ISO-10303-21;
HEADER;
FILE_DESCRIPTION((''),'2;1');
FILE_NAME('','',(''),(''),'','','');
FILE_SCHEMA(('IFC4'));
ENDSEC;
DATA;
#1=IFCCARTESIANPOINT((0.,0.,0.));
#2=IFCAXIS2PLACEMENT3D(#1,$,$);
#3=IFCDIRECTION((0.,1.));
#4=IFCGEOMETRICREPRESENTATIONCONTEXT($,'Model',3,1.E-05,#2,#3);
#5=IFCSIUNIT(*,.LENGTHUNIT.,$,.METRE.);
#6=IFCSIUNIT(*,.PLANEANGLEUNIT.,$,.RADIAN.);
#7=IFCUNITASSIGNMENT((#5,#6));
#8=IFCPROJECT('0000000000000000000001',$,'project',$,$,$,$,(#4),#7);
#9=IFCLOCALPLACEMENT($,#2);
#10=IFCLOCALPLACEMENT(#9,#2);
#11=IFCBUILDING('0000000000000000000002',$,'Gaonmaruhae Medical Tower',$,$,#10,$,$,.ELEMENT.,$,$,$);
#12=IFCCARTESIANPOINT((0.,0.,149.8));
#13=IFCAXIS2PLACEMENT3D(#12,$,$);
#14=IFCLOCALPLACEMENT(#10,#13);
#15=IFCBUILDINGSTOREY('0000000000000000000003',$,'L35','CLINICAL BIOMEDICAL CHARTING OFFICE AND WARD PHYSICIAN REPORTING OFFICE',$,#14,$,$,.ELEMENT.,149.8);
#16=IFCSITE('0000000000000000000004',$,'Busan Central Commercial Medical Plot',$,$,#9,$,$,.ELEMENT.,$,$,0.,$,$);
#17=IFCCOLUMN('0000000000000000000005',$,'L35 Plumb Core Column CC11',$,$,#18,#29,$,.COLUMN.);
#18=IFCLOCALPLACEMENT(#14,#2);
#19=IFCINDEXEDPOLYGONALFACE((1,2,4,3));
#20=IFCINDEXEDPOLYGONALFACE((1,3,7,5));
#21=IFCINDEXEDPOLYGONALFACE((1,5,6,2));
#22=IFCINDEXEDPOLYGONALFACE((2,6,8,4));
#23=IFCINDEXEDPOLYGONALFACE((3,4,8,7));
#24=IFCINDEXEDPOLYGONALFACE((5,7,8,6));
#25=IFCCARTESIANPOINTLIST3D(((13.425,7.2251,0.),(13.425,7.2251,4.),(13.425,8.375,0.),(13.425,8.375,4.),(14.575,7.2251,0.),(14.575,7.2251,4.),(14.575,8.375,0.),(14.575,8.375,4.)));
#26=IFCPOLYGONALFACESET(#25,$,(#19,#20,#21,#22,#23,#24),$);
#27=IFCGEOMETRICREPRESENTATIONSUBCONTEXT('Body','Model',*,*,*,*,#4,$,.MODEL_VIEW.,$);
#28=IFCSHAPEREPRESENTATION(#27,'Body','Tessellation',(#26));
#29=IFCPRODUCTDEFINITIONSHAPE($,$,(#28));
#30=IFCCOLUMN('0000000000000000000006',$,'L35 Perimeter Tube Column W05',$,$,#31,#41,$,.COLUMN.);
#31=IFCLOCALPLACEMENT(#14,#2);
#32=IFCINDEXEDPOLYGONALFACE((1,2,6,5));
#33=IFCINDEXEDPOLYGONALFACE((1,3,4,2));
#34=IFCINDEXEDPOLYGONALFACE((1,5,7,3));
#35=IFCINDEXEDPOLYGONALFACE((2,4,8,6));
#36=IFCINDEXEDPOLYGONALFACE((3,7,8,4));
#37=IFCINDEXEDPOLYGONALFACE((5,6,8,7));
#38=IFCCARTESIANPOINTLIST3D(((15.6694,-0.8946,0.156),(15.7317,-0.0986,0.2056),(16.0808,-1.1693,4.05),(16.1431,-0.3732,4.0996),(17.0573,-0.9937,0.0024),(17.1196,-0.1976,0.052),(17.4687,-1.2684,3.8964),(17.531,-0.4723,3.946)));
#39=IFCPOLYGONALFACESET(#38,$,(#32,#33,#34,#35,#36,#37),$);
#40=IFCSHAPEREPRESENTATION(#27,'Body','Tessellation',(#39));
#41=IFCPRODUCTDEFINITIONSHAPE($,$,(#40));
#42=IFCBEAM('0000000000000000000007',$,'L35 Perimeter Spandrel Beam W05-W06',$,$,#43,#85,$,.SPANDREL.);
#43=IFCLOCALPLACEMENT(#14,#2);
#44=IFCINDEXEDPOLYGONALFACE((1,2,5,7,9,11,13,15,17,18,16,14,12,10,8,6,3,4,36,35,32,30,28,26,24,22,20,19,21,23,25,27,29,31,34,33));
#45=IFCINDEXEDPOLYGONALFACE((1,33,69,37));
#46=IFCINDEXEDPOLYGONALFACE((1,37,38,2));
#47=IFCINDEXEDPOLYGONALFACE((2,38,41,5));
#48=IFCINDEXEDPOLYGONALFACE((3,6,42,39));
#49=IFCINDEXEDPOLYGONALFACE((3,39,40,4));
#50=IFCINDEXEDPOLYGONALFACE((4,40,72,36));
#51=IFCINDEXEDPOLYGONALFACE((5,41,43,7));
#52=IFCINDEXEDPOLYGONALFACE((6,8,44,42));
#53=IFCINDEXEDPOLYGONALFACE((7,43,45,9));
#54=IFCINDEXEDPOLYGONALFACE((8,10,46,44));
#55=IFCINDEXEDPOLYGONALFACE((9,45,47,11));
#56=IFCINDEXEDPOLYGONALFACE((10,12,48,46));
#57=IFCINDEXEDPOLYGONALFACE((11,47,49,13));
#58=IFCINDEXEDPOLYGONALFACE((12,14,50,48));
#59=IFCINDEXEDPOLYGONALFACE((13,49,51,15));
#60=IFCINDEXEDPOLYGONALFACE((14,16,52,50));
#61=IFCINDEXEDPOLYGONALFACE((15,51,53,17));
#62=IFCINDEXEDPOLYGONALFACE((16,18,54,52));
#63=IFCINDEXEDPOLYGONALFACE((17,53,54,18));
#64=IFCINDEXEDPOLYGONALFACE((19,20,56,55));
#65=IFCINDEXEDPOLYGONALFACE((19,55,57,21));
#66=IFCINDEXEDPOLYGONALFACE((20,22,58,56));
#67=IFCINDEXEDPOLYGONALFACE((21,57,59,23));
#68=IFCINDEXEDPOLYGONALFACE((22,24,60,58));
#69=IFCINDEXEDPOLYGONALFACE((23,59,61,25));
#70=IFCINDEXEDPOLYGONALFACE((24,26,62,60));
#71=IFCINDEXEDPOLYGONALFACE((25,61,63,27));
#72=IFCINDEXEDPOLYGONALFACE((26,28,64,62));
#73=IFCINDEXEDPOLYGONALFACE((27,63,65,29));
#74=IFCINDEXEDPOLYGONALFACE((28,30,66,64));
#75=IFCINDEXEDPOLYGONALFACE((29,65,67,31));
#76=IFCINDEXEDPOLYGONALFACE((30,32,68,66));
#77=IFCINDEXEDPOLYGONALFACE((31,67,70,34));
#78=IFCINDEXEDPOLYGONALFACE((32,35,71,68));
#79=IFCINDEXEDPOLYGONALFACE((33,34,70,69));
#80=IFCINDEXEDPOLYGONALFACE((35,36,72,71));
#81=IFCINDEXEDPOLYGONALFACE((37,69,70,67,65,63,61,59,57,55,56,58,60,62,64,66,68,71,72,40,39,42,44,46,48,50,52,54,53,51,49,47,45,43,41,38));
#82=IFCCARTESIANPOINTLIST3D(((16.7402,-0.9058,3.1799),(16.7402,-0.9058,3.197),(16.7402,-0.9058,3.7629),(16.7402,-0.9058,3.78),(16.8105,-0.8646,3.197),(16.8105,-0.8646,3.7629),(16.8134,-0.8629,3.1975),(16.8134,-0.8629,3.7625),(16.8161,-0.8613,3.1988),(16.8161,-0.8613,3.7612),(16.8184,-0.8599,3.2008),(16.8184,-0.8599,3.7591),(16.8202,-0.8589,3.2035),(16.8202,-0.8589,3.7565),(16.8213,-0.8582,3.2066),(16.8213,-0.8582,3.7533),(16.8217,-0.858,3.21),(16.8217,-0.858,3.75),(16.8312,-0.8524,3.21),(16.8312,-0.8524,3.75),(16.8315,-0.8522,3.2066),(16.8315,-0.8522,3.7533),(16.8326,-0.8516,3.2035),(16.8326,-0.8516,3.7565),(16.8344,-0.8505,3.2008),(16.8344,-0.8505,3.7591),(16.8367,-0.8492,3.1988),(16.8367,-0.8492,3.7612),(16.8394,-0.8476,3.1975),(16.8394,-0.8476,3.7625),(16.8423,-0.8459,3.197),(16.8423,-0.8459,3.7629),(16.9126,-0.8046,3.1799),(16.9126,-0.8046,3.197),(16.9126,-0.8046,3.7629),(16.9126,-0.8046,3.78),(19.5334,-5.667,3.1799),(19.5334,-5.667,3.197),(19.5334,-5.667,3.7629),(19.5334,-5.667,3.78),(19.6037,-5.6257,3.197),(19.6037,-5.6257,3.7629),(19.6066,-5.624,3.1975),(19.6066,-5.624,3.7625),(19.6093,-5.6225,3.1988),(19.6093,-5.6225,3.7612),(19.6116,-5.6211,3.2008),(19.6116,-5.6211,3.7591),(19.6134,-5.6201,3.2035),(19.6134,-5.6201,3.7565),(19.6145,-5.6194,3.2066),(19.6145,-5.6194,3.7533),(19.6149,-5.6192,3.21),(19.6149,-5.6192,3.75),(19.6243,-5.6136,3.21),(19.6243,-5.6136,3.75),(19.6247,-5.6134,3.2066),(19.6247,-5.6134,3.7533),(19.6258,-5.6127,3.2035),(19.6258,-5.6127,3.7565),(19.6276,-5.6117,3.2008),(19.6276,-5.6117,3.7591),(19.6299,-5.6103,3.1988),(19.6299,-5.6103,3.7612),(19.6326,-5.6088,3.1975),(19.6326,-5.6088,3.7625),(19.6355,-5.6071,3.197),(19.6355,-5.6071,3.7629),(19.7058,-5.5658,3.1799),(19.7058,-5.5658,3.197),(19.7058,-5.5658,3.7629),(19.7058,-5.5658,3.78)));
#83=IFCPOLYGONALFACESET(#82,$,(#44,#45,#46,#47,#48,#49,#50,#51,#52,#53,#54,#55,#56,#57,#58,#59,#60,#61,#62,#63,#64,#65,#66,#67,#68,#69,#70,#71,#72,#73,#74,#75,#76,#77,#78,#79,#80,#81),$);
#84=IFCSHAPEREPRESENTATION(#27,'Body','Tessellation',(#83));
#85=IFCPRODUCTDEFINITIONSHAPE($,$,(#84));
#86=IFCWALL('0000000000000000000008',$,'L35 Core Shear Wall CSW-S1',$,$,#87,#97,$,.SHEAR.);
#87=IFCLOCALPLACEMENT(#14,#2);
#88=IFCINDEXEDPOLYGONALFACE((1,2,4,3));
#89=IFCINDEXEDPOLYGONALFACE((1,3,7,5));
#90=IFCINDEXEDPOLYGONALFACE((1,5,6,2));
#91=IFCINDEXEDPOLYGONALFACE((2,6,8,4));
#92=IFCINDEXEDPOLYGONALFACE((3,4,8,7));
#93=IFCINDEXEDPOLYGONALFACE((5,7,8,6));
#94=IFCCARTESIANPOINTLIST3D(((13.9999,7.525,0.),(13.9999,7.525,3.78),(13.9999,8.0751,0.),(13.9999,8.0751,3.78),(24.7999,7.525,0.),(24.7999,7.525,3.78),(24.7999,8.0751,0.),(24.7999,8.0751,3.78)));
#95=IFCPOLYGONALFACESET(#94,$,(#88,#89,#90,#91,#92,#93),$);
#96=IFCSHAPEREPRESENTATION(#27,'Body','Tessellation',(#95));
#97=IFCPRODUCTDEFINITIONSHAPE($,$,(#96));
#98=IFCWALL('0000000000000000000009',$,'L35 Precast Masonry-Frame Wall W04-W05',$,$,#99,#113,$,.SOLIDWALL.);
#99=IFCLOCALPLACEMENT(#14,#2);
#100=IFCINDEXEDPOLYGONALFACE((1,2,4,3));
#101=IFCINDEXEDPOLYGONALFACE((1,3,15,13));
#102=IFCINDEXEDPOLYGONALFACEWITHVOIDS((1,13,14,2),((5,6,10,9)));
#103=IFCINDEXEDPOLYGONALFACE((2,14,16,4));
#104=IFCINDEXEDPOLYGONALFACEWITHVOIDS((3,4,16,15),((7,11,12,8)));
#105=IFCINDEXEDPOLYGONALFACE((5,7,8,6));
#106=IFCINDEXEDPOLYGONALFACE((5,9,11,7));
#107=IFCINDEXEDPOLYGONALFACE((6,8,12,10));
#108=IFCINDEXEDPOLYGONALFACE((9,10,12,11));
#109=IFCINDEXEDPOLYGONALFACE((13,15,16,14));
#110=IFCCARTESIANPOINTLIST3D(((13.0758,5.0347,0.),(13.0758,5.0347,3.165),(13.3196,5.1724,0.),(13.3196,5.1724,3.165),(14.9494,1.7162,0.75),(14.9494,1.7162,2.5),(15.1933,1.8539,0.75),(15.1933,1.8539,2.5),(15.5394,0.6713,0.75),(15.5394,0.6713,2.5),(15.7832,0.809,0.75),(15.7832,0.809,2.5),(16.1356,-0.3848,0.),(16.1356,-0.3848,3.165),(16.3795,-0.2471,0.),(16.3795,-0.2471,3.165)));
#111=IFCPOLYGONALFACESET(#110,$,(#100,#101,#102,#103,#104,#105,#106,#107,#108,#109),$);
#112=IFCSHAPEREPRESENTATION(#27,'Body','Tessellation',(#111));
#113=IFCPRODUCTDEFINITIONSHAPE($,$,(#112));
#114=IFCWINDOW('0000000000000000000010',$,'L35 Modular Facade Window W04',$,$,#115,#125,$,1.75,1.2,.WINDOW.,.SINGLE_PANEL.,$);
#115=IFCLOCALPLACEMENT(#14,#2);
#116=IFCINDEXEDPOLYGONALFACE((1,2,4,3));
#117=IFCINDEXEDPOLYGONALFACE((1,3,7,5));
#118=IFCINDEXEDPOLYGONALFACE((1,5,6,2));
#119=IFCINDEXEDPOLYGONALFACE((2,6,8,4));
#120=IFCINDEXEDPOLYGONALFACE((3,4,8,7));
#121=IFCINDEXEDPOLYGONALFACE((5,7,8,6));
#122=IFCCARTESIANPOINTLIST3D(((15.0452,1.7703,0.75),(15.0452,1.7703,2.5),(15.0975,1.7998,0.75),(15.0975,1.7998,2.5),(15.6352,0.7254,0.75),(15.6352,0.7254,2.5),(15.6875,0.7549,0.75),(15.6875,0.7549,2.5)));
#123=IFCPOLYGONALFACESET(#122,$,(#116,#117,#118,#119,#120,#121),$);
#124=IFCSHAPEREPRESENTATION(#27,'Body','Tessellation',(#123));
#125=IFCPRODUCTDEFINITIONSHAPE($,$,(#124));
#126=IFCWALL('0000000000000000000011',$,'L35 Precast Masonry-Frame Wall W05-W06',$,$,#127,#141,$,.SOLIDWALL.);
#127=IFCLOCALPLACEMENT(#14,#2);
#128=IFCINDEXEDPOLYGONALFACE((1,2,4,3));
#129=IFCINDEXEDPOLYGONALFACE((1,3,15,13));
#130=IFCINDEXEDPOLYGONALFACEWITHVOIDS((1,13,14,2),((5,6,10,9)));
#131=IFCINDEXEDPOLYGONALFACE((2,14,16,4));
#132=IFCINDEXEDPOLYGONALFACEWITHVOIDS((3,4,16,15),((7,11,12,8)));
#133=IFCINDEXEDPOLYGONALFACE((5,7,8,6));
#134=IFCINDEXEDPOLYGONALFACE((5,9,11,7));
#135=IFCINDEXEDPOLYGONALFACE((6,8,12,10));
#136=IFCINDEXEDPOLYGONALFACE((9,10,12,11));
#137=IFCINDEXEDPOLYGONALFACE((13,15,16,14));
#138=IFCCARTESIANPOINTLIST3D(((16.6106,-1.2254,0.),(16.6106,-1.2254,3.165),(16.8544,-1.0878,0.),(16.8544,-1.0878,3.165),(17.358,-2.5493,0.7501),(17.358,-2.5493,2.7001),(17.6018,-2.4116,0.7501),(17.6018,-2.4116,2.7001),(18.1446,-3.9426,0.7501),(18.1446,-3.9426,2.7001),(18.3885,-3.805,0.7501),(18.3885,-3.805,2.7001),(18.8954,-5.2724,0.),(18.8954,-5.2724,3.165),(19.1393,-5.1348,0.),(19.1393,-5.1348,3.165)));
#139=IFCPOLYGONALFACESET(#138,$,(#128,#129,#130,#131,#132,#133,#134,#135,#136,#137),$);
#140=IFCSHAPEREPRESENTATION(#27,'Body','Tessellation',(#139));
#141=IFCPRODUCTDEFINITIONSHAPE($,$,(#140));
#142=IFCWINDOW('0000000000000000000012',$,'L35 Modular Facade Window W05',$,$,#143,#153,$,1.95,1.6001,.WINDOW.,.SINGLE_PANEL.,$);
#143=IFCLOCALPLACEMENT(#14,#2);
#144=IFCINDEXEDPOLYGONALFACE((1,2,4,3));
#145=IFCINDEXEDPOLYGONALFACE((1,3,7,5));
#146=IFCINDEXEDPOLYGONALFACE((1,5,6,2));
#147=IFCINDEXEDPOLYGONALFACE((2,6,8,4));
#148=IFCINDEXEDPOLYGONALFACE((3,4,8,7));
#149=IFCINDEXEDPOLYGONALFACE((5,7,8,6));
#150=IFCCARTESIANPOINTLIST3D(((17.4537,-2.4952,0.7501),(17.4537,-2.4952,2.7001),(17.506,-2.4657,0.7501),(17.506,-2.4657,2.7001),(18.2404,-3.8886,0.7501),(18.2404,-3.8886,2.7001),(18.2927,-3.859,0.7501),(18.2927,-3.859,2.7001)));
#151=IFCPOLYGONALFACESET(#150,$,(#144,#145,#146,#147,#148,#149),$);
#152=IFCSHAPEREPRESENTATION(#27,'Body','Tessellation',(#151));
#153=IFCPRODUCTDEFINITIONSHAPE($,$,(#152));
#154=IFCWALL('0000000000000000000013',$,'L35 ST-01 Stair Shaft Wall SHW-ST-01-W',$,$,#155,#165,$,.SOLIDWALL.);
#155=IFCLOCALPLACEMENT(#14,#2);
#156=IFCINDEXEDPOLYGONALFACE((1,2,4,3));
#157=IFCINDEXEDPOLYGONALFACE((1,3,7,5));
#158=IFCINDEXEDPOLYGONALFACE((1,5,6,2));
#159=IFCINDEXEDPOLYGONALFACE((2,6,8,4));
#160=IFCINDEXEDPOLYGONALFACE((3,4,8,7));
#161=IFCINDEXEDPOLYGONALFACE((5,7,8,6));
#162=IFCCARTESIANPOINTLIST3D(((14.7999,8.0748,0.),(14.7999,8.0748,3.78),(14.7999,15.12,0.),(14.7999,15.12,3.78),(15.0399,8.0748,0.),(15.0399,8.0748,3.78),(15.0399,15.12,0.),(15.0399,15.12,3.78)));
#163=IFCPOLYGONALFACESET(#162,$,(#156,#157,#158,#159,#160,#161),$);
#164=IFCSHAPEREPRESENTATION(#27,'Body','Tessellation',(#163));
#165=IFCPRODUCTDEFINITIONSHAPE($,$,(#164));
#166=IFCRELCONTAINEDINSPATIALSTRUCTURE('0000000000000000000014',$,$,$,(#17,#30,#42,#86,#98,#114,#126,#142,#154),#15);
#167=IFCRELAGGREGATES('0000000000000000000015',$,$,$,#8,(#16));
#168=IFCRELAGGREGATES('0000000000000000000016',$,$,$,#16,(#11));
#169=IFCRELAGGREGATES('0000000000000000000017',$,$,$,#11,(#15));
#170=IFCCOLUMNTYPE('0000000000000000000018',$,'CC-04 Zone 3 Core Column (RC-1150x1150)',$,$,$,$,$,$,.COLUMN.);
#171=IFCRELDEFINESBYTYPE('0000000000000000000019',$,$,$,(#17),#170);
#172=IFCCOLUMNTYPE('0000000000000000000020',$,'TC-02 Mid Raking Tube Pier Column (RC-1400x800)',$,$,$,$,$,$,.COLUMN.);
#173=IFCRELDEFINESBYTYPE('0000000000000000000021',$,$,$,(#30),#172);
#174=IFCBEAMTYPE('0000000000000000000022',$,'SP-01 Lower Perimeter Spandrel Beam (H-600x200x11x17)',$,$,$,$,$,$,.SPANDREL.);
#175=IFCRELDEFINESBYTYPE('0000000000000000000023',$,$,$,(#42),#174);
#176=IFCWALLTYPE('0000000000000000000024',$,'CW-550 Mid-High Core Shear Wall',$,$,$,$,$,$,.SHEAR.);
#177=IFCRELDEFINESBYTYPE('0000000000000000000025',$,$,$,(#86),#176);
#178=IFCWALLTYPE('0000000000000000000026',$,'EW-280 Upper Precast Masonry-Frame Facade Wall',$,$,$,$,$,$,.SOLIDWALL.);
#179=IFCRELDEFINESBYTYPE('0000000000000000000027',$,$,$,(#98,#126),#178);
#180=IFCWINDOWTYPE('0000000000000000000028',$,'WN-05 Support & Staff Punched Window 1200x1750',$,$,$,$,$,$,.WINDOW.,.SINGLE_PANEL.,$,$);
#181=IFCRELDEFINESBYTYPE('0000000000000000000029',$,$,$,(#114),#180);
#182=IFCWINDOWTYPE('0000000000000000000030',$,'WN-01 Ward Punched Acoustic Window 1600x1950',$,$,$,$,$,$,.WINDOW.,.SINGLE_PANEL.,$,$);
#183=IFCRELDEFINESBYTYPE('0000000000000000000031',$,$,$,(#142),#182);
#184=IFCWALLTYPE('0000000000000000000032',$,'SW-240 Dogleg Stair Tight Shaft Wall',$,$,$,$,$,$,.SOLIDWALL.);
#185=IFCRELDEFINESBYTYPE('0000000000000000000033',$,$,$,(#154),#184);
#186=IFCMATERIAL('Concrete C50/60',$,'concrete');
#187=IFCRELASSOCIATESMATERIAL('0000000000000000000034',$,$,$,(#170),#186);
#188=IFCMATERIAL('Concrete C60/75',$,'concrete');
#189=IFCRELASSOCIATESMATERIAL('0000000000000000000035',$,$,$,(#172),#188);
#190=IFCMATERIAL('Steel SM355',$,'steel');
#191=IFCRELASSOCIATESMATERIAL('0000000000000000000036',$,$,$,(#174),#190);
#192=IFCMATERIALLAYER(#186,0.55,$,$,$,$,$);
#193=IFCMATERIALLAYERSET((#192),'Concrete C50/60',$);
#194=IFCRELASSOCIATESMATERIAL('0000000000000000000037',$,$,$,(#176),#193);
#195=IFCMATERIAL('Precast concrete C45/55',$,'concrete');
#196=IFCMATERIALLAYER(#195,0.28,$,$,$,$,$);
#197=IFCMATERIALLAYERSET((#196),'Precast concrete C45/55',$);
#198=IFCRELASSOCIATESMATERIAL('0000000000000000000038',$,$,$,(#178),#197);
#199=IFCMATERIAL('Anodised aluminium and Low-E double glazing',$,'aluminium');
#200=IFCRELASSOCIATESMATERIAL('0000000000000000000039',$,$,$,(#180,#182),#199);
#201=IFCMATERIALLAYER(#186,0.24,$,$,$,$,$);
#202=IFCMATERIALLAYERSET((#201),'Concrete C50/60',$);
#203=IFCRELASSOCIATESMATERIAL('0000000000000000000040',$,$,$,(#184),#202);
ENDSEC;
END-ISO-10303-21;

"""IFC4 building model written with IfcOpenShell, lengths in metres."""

from ifc_helpers import new_model, si_unit, direction, frame, frame_2d, origin, origin_2d, place, context, subcontext, project, spatial, rectangle, i_section, extrude, material, layer, layer_set, material_profile, profile_set, type_object, element, fill, save


model = new_model("IFC4")

# Units and contexts
model_context = context("Model", 3, precision=1e-05, world=origin(), true_north=direction((0.0, 1.0)))
body_context = subcontext(model_context, "Body", "Model", "MODEL_VIEW")
ifc_project = project(units=[si_unit("LENGTHUNIT", "METRE"), si_unit("PLANEANGLEUNIT", "RADIAN")], contexts=[model_context])

# Site, building, storey
site_placement = place(None, origin())
site = spatial("IfcSite", under=ifc_project, at=site_placement, Name="Busan Central Commercial Medical Plot", CompositionType="ELEMENT", RefElevation=0.0)
building_placement = place(site_placement, origin())
building = spatial("IfcBuilding", under=site, at=building_placement, Name="Gaonmaruhae Medical Tower", CompositionType="ELEMENT")
storey_placement = place(building_placement, frame((0.0, 0.0, 149.8)))
storey = spatial("IfcBuildingStorey", under=building, at=storey_placement, Name="L35", Description="CLINICAL BIOMEDICAL CHARTING OFFICE AND WARD PHYSICIAN REPORTING OFFICE", CompositionType="ELEMENT", Elevation=149.8)

# Columns
ifc_material_1 = material(Name="Concrete C50/60", Category="concrete")
ifc_material_profile_1 = material_profile(ifc_material_1, rectangle(XDim=1.1499, YDim=1.1499, at=origin_2d()), Name="RC-1150x1150")
ifc_profile_set_1 = profile_set([ifc_material_profile_1], Name="Concrete C50/60")
column_type_1 = type_object("IfcColumnType", Name="CC-04 Zone 3 Core Column (RC-1150x1150)", PredefinedType="COLUMN", material=ifc_profile_set_1)
column_1_placement = place(storey_placement, frame((14.0, 7.8, 0.0), z_axis=(0.0, 0.0, 1.0), x_axis=(1.0, 0.0, 0.0)))
element("IfcColumn", 1, at=column_1_placement, inside=storey, type_object=column_type_1, Name="L35 Plumb Core Column CC11", PredefinedType="COLUMN", context=body_context, shape_type="SweptSolid", body=[
    extrude(rectangle(XDim=1.1499, YDim=1.1499, at=origin_2d()), origin(), (0.0, 0.0, 1.0), 4.0),
])
ifc_material_2 = material(Name="Concrete C60/75", Category="concrete")
ifc_material_profile_2 = material_profile(ifc_material_2, rectangle(XDim=1.3999, YDim=0.8, at=origin_2d()), Name="RC-1400x800")
ifc_profile_set_2 = profile_set([ifc_material_profile_2], Name="Concrete C60/75")
column_type_2 = type_object("IfcColumnType", Name="TC-02 Mid Raking Tube Pier Column (RC-1400x800)", PredefinedType="COLUMN", material=ifc_profile_set_2)
column_2_placement = place(storey_placement, frame((16.3945, -0.5461, 0.104), z_axis=(0.104801, -0.069971, 0.992029), x_axis=(-0.991439, 0.070764, 0.109729)))
element("IfcColumn", 2, at=column_2_placement, inside=storey, type_object=column_type_2, Name="L35 Perimeter Tube Column W05", PredefinedType="COLUMN", context=body_context, shape_type="SweptSolid", body=[
    extrude(rectangle(XDim=1.3999, YDim=0.8, at=origin_2d()), origin(), (0.0, 0.0, 1.0), 3.9253),
])

# Beam
ifc_material_3 = material(Name="Steel SM355", Category="steel")
ifc_material_profile_3 = material_profile(ifc_material_3, i_section(OverallWidth=0.2, OverallDepth=0.6001, WebThickness=0.011, FlangeThickness=0.0171, FilletRadius=0.0129, at=origin_2d()), Name="H-600x200x11x17")
ifc_profile_set_3 = profile_set([ifc_material_profile_3], Name="Steel SM355")
beam_type = type_object("IfcBeamType", Name="SP-01 Lower Perimeter Spandrel Beam (H-600x200x11x17)", PredefinedType="SPANDREL", material=ifc_profile_set_3)
beam_placement = place(storey_placement, frame((16.8264, -0.8552, 3.48), z_axis=(0.506009, -0.862528, 0.0), x_axis=(0.862528, 0.506009, 0.0)))
element("IfcBeam", 3, at=beam_placement, inside=storey, type_object=beam_type, Name="L35 Perimeter Spandrel Beam W05-W06", PredefinedType="SPANDREL", context=body_context, shape_type="SweptSolid", body=[
    extrude(i_section(OverallWidth=0.2, OverallDepth=0.6001, WebThickness=0.011, FlangeThickness=0.0171, FilletRadius=0.0129, at=origin_2d()), origin(), (0.0, 0.0, 1.0), 5.52),
])

# Wall
ifc_layer_1 = layer(ifc_material_1, 0.55)
ifc_layer_set_1 = layer_set([ifc_layer_1], Name="Concrete C50/60")
wall_type_1 = type_object("IfcWallType", Name="CW-550 Mid-High Core Shear Wall", PredefinedType="SHEAR", material=ifc_layer_set_1)
wall_1_placement = place(storey_placement, frame((14.0, 7.8, 0.0), z_axis=(0.0, 0.0, 1.0), x_axis=(1.0, 0.0, 0.0)))
element("IfcWall", 4, at=wall_1_placement, inside=storey, type_object=wall_type_1, Name="L35 Core Shear Wall CSW-S1", PredefinedType="SHEAR", context=body_context, shape_type="SweptSolid", body=[
    extrude(rectangle(XDim=10.8, YDim=0.55, at=frame_2d((5.3999, 0.0))), origin(), (0.0, 0.0, 1.0), 3.78),
])

# Walls, openings, windows
ifc_material_4 = material(Name="Precast concrete C45/55", Category="concrete")
ifc_layer_2 = layer(ifc_material_4, 0.28)
ifc_layer_set_2 = layer_set([ifc_layer_2], Name="Precast concrete C45/55")
wall_type_2 = type_object("IfcWallType", Name="EW-280 Upper Precast Masonry-Frame Facade Wall", PredefinedType="SOLIDWALL", material=ifc_layer_set_2)
wall_2_placement = place(storey_placement, frame((16.2576, -0.3159, 0.0), z_axis=(0.0, 0.0, 1.0), x_axis=(-0.49165, 0.870793, 0.0)))
wall_2 = element("IfcWall", 5, at=wall_2_placement, inside=storey, type_object=wall_type_2, Name="L35 Precast Masonry-Frame Wall W04-W05", PredefinedType="SOLIDWALL", context=body_context, shape_type="SweptSolid", body=[
    extrude(rectangle(XDim=6.2236, YDim=0.28, at=frame_2d((3.1118, 0.0))), origin(), (0.0, 0.0, 1.0), 3.165),
])
opening_1_placement = place(wall_2_placement, frame((1.2126, 0.0, 0.75)))
opening_1 = element("IfcOpeningElement", 6, at=opening_1_placement, cuts=wall_2, PredefinedType="OPENING", context=body_context, shape_type="SweptSolid", body=[
    extrude(rectangle(XDim=1.2, YDim=1.75, at=frame_2d((0.6001, 0.875))), frame((0.0, 0.1499, 0.0), z_axis=(0.0, -1.0, 0.0), x_axis=(1.0, 0.0, 0.0)), (0.0, 0.0, 1.0), 0.3),
])
ifc_material_5 = material(Name="Anodised aluminium and Low-E double glazing", Category="aluminium")
window_type_1 = type_object("IfcWindowType", Name="WN-05 Support & Staff Punched Window 1200x1750", PartitioningType="SINGLE_PANEL", PredefinedType="WINDOW", material=ifc_material_5)
window_1_placement = place(opening_1_placement, origin())
window_1 = element("IfcWindow", 7, at=window_1_placement, inside=storey, type_object=window_type_1, Name="L35 Modular Facade Window W04", OverallHeight=1.75, OverallWidth=1.2, PartitioningType="SINGLE_PANEL", PredefinedType="WINDOW", context=body_context, shape_type="SweptSolid", body=[
    extrude(rectangle(XDim=1.2, YDim=1.75, at=frame_2d((0.6001, 0.875))), frame((0.0, 0.03, 0.0), z_axis=(0.0, -1.0, 0.0), x_axis=(1.0, 0.0, 0.0)), (0.0, 0.0, 1.0), 0.0601),
])
fill(opening_1, window_1)
wall_3_placement = place(storey_placement, frame((19.0173, -5.2036, 0.0), z_axis=(0.0, 0.0, 1.0), x_axis=(-0.491635, 0.870801, 0.0)))
wall_3 = element("IfcWall", 8, at=wall_3_placement, inside=storey, type_object=wall_type_2, Name="L35 Precast Masonry-Frame Wall W05-W06", PredefinedType="SOLIDWALL", context=body_context, shape_type="SweptSolid", body=[
    extrude(rectangle(XDim=4.6475, YDim=0.28, at=frame_2d((2.3237, 0.0))), origin(), (0.0, 0.0, 1.0), 3.165),
])
opening_2_placement = place(wall_3_placement, frame((1.5271, 0.0, 0.75)))
opening_2 = element("IfcOpeningElement", 9, at=opening_2_placement, cuts=wall_3, PredefinedType="OPENING", context=body_context, shape_type="SweptSolid", body=[
    extrude(rectangle(XDim=1.6001, YDim=1.95, at=frame_2d((0.8, 0.9751))), frame((0.0, 0.1499, 0.0), z_axis=(0.0, -1.0, 0.0), x_axis=(1.0, 0.0, 0.0)), (0.0, 0.0, 1.0), 0.3),
])
window_type_2 = type_object("IfcWindowType", Name="WN-01 Ward Punched Acoustic Window 1600x1950", PartitioningType="SINGLE_PANEL", PredefinedType="WINDOW", material=ifc_material_5)
window_2_placement = place(opening_2_placement, origin())
window_2 = element("IfcWindow", 10, at=window_2_placement, inside=storey, type_object=window_type_2, Name="L35 Modular Facade Window W05", OverallHeight=1.95, OverallWidth=1.6001, PartitioningType="SINGLE_PANEL", PredefinedType="WINDOW", context=body_context, shape_type="SweptSolid", body=[
    extrude(rectangle(XDim=1.6001, YDim=1.95, at=frame_2d((0.8, 0.9751))), frame((0.0, 0.03, 0.0), z_axis=(0.0, -1.0, 0.0), x_axis=(1.0, 0.0, 0.0)), (0.0, 0.0, 1.0), 0.0601),
])
fill(opening_2, window_2)

# Wall
ifc_layer_3 = layer(ifc_material_1, 0.24)
ifc_layer_set_3 = layer_set([ifc_layer_3], Name="Concrete C50/60")
wall_type_3 = type_object("IfcWallType", Name="SW-240 Dogleg Stair Tight Shaft Wall", PredefinedType="SOLIDWALL", material=ifc_layer_set_3)
wall_4_placement = place(storey_placement, frame((14.9199, 8.075, 0.0), z_axis=(0.0, 0.0, 1.0), x_axis=(0.0, 1.0, 0.0)))
element("IfcWall", 11, at=wall_4_placement, inside=storey, type_object=wall_type_3, Name="L35 ST-01 Stair Shaft Wall SHW-ST-01-W", PredefinedType="SOLIDWALL", context=body_context, shape_type="SweptSolid", body=[
    extrude(rectangle(XDim=7.0452, YDim=0.24, at=frame_2d((3.5225, 0.0))), origin(), (0.0, 0.0, 1.0), 3.78),
])

save(model, "model.ifc")
